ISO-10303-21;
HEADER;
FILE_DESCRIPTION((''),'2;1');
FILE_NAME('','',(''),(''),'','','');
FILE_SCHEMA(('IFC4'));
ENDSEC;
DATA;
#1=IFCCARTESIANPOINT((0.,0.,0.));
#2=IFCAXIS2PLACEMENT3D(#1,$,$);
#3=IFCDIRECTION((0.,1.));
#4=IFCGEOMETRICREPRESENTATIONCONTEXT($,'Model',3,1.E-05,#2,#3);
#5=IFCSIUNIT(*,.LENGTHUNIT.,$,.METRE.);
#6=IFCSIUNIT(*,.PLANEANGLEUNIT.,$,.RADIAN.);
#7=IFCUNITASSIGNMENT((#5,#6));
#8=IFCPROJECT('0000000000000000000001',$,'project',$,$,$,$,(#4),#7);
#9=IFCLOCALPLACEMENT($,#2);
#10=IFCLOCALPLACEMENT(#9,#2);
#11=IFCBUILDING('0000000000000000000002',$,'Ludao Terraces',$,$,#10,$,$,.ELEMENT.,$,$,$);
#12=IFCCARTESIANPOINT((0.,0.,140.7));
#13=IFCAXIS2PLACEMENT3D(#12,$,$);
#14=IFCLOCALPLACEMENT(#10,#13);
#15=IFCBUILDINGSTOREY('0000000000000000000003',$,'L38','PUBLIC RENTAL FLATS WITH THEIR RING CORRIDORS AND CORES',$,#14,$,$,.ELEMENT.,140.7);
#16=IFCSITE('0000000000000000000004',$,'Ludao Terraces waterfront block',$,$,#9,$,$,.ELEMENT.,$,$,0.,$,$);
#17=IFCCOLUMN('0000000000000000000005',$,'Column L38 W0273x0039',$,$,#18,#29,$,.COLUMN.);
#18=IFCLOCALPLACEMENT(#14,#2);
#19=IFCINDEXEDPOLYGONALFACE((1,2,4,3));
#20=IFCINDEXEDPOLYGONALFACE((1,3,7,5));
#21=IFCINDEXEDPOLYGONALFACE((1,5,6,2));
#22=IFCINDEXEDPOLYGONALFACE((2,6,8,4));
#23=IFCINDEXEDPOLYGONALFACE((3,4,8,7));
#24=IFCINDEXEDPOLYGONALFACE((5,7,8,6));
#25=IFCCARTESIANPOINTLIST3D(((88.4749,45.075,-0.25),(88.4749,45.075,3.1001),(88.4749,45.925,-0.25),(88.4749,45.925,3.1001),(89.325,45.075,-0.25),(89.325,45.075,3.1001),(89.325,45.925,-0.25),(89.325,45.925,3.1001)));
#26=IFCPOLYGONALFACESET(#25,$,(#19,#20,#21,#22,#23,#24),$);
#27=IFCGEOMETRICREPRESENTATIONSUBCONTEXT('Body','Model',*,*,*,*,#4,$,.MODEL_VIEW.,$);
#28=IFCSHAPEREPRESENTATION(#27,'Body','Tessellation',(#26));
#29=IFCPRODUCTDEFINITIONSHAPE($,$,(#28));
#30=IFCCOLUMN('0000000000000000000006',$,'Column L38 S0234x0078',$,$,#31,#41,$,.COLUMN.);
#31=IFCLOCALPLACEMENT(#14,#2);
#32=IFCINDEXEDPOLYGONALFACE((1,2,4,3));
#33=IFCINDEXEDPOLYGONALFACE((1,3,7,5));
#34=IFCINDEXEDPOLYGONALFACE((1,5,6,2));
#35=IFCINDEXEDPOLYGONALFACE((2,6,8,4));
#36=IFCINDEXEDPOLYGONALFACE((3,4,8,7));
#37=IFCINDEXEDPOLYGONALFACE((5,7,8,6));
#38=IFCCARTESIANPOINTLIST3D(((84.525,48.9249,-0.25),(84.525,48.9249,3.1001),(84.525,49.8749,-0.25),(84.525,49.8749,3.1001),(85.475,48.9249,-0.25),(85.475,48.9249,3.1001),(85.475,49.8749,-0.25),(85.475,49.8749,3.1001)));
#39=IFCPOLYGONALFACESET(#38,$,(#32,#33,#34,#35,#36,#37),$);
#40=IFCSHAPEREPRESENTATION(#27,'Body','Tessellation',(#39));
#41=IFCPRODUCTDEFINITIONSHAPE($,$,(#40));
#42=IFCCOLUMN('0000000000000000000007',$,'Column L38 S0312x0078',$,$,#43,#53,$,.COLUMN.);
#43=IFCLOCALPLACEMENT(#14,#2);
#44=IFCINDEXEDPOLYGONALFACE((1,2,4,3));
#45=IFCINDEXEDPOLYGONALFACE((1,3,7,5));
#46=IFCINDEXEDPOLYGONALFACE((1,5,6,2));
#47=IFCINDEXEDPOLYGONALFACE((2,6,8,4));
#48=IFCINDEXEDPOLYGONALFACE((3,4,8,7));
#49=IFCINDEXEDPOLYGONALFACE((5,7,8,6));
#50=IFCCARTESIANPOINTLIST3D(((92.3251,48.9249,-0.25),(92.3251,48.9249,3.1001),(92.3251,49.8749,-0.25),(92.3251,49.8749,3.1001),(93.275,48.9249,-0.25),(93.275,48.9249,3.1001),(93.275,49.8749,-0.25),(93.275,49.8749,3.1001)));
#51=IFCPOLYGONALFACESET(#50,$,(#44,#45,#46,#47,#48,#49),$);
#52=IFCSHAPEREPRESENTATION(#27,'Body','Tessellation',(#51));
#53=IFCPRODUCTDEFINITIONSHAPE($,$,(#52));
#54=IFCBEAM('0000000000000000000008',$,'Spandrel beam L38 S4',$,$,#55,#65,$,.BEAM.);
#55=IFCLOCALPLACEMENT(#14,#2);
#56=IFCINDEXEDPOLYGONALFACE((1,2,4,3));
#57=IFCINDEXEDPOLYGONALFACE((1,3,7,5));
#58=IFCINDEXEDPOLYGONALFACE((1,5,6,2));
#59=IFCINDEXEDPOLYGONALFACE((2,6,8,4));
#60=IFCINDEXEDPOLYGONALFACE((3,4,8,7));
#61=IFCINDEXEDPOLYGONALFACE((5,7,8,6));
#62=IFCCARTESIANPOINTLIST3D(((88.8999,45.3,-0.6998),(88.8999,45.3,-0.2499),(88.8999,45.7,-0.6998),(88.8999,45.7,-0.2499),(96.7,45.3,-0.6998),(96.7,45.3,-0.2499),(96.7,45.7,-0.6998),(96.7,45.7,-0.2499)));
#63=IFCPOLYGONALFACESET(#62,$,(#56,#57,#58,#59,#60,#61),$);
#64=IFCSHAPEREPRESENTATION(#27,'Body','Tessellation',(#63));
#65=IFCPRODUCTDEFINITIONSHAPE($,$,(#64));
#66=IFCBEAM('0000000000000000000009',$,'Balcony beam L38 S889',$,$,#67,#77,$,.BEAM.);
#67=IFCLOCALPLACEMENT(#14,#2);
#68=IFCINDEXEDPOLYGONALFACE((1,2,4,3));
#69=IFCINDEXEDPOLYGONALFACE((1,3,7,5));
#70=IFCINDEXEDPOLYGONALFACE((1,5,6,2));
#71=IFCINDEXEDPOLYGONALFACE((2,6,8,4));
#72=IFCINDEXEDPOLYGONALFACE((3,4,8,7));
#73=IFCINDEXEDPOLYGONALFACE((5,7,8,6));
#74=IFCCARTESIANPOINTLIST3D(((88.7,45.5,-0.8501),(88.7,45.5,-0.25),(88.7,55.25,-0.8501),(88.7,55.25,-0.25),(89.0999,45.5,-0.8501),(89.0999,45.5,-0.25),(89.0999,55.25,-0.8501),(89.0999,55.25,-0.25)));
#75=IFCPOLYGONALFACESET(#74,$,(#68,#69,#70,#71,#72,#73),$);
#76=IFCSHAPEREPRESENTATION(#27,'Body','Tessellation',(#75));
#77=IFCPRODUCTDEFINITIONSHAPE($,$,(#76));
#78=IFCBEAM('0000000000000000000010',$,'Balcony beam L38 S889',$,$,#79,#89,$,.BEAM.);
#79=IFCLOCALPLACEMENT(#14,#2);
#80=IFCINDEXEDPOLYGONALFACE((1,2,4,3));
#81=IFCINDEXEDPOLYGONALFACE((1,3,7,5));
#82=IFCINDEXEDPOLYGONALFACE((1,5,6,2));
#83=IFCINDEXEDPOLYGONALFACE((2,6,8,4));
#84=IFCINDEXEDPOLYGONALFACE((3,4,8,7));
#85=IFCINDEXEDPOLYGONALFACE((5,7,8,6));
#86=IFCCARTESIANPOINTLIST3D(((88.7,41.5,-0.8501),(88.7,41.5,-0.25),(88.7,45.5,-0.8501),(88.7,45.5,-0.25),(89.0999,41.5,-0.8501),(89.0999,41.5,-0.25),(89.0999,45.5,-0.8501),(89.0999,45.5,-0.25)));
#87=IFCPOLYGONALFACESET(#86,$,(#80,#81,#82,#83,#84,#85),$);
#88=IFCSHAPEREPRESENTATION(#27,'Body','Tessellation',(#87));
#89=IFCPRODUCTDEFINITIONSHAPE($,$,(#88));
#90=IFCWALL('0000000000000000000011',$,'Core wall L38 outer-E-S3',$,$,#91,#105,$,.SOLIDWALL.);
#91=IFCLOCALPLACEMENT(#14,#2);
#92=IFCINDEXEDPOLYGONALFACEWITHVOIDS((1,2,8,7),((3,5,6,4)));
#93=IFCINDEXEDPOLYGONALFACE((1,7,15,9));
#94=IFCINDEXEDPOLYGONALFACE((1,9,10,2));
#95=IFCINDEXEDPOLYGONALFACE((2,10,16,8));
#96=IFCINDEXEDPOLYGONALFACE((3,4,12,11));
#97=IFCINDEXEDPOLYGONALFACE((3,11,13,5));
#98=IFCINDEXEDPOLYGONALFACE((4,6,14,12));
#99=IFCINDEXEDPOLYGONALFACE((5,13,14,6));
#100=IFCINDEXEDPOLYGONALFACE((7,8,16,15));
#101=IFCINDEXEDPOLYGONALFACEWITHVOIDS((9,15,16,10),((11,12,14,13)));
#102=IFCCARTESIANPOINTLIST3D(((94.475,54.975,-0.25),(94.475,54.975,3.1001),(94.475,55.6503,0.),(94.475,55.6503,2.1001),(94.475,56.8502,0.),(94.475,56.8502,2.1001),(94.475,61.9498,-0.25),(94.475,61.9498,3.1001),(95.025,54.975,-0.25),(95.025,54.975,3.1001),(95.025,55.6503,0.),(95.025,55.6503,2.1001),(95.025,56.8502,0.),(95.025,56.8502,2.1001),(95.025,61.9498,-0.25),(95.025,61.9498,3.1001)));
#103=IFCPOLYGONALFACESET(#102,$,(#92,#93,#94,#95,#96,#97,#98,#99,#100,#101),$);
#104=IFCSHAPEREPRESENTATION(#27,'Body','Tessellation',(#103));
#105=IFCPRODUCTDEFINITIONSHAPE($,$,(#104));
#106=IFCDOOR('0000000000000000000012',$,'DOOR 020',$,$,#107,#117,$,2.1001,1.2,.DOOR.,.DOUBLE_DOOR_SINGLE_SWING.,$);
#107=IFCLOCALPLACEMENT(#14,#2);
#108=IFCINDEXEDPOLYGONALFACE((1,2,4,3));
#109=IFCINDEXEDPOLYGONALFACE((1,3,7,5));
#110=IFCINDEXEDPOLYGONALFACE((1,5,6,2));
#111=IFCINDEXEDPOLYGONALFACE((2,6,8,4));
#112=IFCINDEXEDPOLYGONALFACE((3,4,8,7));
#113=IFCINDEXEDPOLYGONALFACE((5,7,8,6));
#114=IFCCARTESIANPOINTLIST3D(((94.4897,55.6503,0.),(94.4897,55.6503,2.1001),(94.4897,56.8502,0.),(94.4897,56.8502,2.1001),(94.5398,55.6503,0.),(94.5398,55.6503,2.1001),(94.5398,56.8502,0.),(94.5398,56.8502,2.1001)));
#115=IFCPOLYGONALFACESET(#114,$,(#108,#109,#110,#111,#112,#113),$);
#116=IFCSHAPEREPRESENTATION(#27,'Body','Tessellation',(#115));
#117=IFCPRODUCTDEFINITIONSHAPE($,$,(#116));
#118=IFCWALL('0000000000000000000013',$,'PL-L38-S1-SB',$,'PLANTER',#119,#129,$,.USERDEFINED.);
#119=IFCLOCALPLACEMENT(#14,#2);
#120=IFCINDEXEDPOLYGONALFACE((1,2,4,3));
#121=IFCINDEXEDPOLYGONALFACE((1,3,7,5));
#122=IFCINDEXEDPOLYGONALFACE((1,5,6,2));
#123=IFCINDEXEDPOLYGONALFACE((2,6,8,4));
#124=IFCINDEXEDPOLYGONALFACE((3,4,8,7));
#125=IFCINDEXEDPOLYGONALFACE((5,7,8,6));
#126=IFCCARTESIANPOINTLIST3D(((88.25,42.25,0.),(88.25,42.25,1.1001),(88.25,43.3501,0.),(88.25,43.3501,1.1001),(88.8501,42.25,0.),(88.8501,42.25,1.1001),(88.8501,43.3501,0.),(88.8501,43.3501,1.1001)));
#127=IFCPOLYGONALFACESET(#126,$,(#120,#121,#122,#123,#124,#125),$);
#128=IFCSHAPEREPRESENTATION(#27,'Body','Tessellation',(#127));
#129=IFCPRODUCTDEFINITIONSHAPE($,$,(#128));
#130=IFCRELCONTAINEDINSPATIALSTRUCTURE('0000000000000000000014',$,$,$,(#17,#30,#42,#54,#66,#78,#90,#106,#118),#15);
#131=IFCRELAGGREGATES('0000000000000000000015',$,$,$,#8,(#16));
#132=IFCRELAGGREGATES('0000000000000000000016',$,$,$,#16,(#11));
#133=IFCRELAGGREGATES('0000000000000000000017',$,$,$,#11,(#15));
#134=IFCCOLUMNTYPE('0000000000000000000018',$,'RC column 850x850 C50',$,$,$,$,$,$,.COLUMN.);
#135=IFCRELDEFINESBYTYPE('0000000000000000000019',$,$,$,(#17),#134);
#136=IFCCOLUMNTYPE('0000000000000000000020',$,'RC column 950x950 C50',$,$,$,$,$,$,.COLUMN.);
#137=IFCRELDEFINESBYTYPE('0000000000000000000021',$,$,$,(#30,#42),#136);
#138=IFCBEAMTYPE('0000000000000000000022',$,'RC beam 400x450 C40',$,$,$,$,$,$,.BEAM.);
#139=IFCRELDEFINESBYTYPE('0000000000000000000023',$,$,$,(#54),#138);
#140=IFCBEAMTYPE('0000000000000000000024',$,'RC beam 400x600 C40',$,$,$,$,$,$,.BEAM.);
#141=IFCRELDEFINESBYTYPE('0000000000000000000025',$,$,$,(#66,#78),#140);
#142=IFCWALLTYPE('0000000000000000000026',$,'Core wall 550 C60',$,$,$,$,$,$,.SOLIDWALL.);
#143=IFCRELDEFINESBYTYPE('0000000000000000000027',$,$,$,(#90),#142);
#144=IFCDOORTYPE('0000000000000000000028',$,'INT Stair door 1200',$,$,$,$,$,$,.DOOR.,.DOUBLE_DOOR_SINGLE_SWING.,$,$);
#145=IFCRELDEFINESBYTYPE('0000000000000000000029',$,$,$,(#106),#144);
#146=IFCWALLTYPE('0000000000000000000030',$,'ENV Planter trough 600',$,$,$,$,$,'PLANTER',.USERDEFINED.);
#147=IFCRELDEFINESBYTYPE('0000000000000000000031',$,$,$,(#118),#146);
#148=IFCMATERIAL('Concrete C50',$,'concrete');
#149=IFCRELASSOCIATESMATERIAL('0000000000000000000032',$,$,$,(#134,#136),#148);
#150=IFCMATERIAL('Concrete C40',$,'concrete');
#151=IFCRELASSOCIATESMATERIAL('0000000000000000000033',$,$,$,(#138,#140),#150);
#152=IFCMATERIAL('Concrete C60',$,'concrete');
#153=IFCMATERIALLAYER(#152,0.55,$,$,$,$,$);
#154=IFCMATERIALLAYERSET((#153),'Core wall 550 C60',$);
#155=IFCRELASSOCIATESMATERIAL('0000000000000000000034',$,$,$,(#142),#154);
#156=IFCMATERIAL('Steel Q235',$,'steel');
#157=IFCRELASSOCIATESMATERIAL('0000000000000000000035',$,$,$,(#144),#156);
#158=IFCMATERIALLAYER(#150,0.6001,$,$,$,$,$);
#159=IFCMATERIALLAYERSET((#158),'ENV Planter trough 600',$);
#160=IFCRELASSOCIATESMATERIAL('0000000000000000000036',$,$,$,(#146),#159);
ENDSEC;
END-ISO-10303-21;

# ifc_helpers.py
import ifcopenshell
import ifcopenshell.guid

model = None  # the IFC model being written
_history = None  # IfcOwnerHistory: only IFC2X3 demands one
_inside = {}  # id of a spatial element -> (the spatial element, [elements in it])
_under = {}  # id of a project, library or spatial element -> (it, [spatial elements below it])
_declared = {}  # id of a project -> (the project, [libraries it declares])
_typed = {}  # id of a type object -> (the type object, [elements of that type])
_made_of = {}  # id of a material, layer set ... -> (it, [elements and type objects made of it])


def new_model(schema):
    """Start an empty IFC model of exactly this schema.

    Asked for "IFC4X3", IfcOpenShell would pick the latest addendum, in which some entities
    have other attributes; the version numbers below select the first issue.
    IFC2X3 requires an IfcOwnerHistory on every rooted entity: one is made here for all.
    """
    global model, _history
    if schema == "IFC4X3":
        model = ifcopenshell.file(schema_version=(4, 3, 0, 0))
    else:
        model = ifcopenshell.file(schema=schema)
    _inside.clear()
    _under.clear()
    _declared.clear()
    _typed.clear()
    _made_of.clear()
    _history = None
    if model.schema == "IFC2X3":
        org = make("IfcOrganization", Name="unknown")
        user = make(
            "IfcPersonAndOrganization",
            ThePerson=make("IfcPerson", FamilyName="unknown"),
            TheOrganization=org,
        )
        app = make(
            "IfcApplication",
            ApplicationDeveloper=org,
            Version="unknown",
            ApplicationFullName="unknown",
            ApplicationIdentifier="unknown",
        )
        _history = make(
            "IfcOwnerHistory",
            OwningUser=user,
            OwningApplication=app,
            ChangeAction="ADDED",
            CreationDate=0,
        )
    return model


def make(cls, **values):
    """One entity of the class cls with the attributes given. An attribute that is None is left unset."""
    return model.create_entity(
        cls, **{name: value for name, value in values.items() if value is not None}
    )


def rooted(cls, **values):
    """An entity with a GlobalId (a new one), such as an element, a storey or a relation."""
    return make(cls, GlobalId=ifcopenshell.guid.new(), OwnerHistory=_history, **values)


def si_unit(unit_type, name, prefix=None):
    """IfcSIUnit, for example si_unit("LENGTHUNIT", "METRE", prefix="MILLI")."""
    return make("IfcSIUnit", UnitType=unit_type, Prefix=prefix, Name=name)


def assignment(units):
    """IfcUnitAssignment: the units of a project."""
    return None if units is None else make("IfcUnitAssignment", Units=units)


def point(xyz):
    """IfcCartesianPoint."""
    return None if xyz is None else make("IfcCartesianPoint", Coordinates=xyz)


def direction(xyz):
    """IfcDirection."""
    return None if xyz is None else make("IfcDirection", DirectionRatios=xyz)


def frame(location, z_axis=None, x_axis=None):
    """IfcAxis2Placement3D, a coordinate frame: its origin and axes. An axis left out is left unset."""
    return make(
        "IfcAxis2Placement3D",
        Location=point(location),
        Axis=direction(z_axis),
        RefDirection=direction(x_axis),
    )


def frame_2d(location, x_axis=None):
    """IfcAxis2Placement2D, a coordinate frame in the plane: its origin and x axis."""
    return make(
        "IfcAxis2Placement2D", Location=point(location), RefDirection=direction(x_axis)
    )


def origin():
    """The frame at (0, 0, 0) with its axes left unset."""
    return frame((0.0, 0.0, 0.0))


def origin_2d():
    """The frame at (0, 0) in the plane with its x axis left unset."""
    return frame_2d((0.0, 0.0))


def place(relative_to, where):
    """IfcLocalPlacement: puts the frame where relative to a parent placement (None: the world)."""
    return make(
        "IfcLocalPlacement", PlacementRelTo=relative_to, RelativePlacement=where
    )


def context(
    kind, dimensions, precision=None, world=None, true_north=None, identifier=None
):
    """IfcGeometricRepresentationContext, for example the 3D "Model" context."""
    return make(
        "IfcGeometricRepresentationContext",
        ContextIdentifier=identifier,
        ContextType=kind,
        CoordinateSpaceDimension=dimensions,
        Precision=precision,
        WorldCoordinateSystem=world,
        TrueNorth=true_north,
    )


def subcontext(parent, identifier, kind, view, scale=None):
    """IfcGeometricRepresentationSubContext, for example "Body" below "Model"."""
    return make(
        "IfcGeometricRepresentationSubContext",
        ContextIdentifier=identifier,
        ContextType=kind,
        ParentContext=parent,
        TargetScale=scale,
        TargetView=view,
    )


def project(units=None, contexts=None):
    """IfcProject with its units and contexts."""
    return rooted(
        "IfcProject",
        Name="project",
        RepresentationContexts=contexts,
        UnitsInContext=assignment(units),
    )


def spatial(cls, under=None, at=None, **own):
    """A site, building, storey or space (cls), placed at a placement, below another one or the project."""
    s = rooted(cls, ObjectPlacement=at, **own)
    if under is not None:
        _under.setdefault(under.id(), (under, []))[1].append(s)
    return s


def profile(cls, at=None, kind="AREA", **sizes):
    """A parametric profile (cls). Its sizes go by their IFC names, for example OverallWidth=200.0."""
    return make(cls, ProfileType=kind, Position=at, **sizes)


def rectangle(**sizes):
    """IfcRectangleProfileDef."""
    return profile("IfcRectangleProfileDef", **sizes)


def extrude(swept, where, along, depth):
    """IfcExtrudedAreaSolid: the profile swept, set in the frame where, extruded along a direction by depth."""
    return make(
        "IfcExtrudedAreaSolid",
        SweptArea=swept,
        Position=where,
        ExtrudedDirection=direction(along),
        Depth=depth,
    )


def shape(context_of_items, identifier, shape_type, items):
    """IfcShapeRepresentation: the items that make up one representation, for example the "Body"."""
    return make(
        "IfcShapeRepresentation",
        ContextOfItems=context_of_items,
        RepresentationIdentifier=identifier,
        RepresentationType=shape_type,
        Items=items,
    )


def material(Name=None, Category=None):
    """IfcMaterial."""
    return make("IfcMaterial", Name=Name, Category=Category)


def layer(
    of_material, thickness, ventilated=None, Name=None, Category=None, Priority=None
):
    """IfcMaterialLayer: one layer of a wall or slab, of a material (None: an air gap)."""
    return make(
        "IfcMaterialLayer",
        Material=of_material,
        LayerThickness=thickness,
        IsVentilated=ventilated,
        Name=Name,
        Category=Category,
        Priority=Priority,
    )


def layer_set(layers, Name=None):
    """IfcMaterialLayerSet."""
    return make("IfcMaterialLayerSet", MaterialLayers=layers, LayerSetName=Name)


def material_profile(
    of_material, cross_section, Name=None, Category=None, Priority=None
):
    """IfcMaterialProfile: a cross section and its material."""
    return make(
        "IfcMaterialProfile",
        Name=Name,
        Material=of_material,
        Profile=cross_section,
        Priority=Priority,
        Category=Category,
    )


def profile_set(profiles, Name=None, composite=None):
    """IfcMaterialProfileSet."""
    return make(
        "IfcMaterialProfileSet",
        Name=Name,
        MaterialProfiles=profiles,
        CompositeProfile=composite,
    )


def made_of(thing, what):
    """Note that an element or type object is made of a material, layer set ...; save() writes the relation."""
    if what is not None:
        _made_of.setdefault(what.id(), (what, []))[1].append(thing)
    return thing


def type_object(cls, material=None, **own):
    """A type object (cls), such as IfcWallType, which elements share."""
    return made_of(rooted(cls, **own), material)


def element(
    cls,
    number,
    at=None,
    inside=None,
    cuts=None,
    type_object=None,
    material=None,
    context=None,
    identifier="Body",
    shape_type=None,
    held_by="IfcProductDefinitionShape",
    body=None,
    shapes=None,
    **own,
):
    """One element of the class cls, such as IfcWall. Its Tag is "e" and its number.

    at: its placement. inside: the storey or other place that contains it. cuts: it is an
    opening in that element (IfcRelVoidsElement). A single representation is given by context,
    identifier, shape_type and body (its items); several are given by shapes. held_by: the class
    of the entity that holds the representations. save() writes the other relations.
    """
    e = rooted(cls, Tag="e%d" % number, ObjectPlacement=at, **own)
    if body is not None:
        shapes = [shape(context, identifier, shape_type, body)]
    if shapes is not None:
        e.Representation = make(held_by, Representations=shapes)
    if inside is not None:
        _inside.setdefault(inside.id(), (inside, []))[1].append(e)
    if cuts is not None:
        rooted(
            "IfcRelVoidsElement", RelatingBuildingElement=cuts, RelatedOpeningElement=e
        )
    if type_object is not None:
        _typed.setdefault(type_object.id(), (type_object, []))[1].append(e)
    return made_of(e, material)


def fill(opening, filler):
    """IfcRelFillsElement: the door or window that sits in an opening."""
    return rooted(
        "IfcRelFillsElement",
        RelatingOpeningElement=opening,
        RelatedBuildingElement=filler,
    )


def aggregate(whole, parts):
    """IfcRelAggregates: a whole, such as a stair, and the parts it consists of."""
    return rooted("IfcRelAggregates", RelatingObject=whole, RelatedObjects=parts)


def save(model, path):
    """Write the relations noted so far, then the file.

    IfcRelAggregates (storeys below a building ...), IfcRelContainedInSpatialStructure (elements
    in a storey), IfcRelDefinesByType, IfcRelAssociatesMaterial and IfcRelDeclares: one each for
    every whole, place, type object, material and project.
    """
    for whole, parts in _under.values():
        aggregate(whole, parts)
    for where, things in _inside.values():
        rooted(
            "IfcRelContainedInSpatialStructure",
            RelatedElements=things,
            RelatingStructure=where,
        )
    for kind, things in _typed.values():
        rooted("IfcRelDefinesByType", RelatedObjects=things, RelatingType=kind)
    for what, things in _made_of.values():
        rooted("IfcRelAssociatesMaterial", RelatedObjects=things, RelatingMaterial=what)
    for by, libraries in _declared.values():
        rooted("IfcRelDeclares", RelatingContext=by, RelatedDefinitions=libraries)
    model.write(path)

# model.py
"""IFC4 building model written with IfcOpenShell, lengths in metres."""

from ifc_helpers import new_model, si_unit, direction, frame, frame_2d, origin, origin_2d, place, context, subcontext, project, spatial, rectangle, extrude, material, layer, layer_set, material_profile, profile_set, type_object, element, fill, save


model = new_model("IFC4")

# Units and contexts
model_context = context("Model", 3, precision=1e-05, world=origin(), true_north=direction((0.0, 1.0)))
body_context = subcontext(model_context, "Body", "Model", "MODEL_VIEW")
ifc_project = project(units=[si_unit("LENGTHUNIT", "METRE"), si_unit("PLANEANGLEUNIT", "RADIAN")], contexts=[model_context])

# Site, building, storey
site_placement = place(None, origin())
site = spatial("IfcSite", under=ifc_project, at=site_placement, Name="Ludao Terraces waterfront block", CompositionType="ELEMENT", RefElevation=0.0)
building_placement = place(site_placement, origin())
building = spatial("IfcBuilding", under=site, at=building_placement, Name="Ludao Terraces", CompositionType="ELEMENT")
storey_placement = place(building_placement, frame((0.0, 0.0, 140.7)))
storey = spatial("IfcBuildingStorey", under=building, at=storey_placement, Name="L38", Description="PUBLIC RENTAL FLATS WITH THEIR RING CORRIDORS AND CORES", CompositionType="ELEMENT", Elevation=140.7)

# Columns
ifc_material_1 = material(Name="Concrete C50", Category="concrete")
ifc_material_profile_1 = material_profile(ifc_material_1, rectangle(XDim=0.8501, YDim=0.8501, at=origin_2d()), Name="850 X 850")
ifc_profile_set_1 = profile_set([ifc_material_profile_1], Name="Concrete C50")
column_type_1 = type_object("IfcColumnType", Name="RC column 850x850 C50", PredefinedType="COLUMN", material=ifc_profile_set_1)
column_placement = place(storey_placement, frame((88.8999, 45.5, -0.25), z_axis=(0.0, 0.0, 1.0), x_axis=(1.0, 0.0, 0.0)))
element("IfcColumn", 1, at=column_placement, inside=storey, type_object=column_type_1, Name="Column L38 W0273x0039", PredefinedType="COLUMN", context=body_context, shape_type="SweptSolid", body=[
    extrude(rectangle(XDim=0.8501, YDim=0.8501, at=origin_2d()), origin(), (0.0, 0.0, 1.0), 3.3501),
])
ifc_material_profile_2 = material_profile(ifc_material_1, rectangle(XDim=0.95, YDim=0.95, at=origin_2d()), Name="950 X 950")
ifc_profile_set_2 = profile_set([ifc_material_profile_2], Name="Concrete C50")
column_type_2 = type_object("IfcColumnType", Name="RC column 950x950 C50", PredefinedType="COLUMN", material=ifc_profile_set_2)
for number, where, z_axis, x_axis, name in (
    (2, (85.0, 49.3999, -0.25), (0.0, 0.0, 1.0), (1.0, 0.0, 0.0), "Column L38 S0234x0078"),
    (3, (92.8, 49.3999, -0.25), (0.0, 0.0, 1.0), (1.0, 0.0, 0.0), "Column L38 S0312x0078"),
):
    element("IfcColumn", number, at=place(storey_placement, frame(where, z_axis=z_axis, x_axis=x_axis)), inside=storey, type_object=column_type_2, Name=name, PredefinedType="COLUMN", context=body_context, shape_type="SweptSolid", body=[
        extrude(rectangle(XDim=0.95, YDim=0.95, at=origin_2d()), origin(), (0.0, 0.0, 1.0), 3.3501),
    ])

# Beams
ifc_material_2 = material(Name="Concrete C40", Category="concrete")
ifc_material_profile_3 = material_profile(ifc_material_2, rectangle(XDim=0.3999, YDim=0.45, at=origin_2d()), Name="400 X 450")
ifc_profile_set_3 = profile_set([ifc_material_profile_3], Name="Concrete C40")
beam_type_1 = type_object("IfcBeamType", Name="RC beam 400x450 C40", PredefinedType="BEAM", material=ifc_profile_set_3)
beam_1_placement = place(storey_placement, frame((88.8999, 45.5, -0.4749), z_axis=(1.0, 0.0, 0.0), x_axis=(0.0, 1.0, 0.0)))
element("IfcBeam", 4, at=beam_1_placement, inside=storey, type_object=beam_type_1, Name="Spandrel beam L38 S4", PredefinedType="BEAM", context=body_context, shape_type="SweptSolid", body=[
    extrude(rectangle(XDim=0.3999, YDim=0.45, at=origin_2d()), origin(), (0.0, 0.0, 1.0), 7.8),
])
ifc_material_profile_4 = material_profile(ifc_material_2, rectangle(XDim=0.3999, YDim=0.6001, at=origin_2d()), Name="400 X 600")
ifc_profile_set_4 = profile_set([ifc_material_profile_4], Name="Concrete C40")
beam_type_2 = type_object("IfcBeamType", Name="RC beam 400x600 C40", PredefinedType="BEAM", material=ifc_profile_set_4)
beam_2_placement = place(storey_placement, frame((88.8999, 55.25, -0.55), z_axis=(0.0, -1.0, 0.0), x_axis=(1.0, 0.0, 0.0)))
element("IfcBeam", 5, at=beam_2_placement, inside=storey, type_object=beam_type_2, Name="Balcony beam L38 S889", PredefinedType="BEAM", context=body_context, shape_type="SweptSolid", body=[
    extrude(rectangle(XDim=0.3999, YDim=0.6001, at=origin_2d()), origin(), (0.0, 0.0, 1.0), 9.75),
])
beam_3_placement = place(storey_placement, frame((88.8999, 45.5, -0.55), z_axis=(0.0, -1.0, 0.0), x_axis=(1.0, 0.0, 0.0)))
element("IfcBeam", 6, at=beam_3_placement, inside=storey, type_object=beam_type_2, Name="Balcony beam L38 S889", PredefinedType="BEAM", context=body_context, shape_type="SweptSolid", body=[
    extrude(rectangle(XDim=0.3999, YDim=0.6001, at=origin_2d()), origin(), (0.0, 0.0, 1.0), 4.0),
])

# Wall, opening, door
ifc_material_3 = material(Name="Concrete C60", Category="concrete")
ifc_layer_1 = layer(ifc_material_3, 0.55)
ifc_layer_set_1 = layer_set([ifc_layer_1], Name="Core wall 550 C60")
wall_type_1 = type_object("IfcWallType", Name="Core wall 550 C60", PredefinedType="SOLIDWALL", material=ifc_layer_set_1)
wall_1_placement = place(storey_placement, frame((94.75, 54.9751, -0.25), z_axis=(0.0, 0.0, 1.0), x_axis=(0.0, 1.0, 0.0)))
wall_1 = element("IfcWall", 7, at=wall_1_placement, inside=storey, type_object=wall_type_1, Name="Core wall L38 outer-E-S3", PredefinedType="SOLIDWALL", context=body_context, shape_type="SweptSolid", body=[
    extrude(rectangle(XDim=6.9749, YDim=0.55, at=frame_2d((3.4873, 0.0))), origin(), (0.0, 0.0, 1.0), 3.3501),
])
opening_1_placement = place(wall_1_placement, frame((0.675, 0.0, 0.25)))
opening_1 = element("IfcOpeningElement", 8, at=opening_1_placement, cuts=wall_1, PredefinedType="OPENING", context=body_context, shape_type="SweptSolid", body=[
    extrude(rectangle(XDim=1.2, YDim=2.1001, at=frame_2d((0.6001, 1.05))), frame((0.0, 0.2852, 0.0), z_axis=(0.0, -1.0, 0.0), x_axis=(1.0, 0.0, 0.0)), (0.0, 0.0, 1.0), 0.5701),
])
ifc_material_4 = material(Name="Steel Q235", Category="steel")
door_type_1 = type_object("IfcDoorType", Name="INT Stair door 1200", OperationType="DOUBLE_DOOR_SINGLE_SWING", PredefinedType="DOOR", material=ifc_material_4)
door_1_placement = place(opening_1_placement, origin())
door_1 = element("IfcDoor", 9, at=door_1_placement, inside=storey, type_object=door_type_1, Name="DOOR 020", OperationType="DOUBLE_DOOR_SINGLE_SWING", OverallHeight=2.1001, OverallWidth=1.2, PredefinedType="DOOR", context=body_context, shape_type="SweptSolid", body=[
    extrude(rectangle(XDim=1.2, YDim=2.1001, at=frame_2d((0.6001, 1.05))), frame((0.0, 0.2603, 0.0), z_axis=(0.0, -1.0, 0.0), x_axis=(1.0, 0.0, 0.0)), (0.0, 0.0, 1.0), 0.05),
])
fill(opening_1, door_1)

# Wall
ifc_layer_2 = layer(ifc_material_2, 0.6001)
ifc_layer_set_2 = layer_set([ifc_layer_2], Name="ENV Planter trough 600")
wall_type_2 = type_object("IfcWallType", Name="ENV Planter trough 600", ElementType="PLANTER", PredefinedType="USERDEFINED", material=ifc_layer_set_2)
wall_2_placement = place(storey_placement, frame((88.55, 42.25, 0.0), z_axis=(0.0, 0.0, 1.0), x_axis=(0.0, 1.0, 0.0)))
element("IfcWall", 10, at=wall_2_placement, inside=storey, type_object=wall_type_2, Name="PL-L38-S1-SB", ObjectType="PLANTER", PredefinedType="USERDEFINED", context=body_context, shape_type="SweptSolid", body=[
    extrude(rectangle(XDim=1.1001, YDim=0.6001, at=frame_2d((0.55, 0.0))), origin(), (0.0, 0.0, 1.0), 1.1001),
])

save(model, "model.ifc")
